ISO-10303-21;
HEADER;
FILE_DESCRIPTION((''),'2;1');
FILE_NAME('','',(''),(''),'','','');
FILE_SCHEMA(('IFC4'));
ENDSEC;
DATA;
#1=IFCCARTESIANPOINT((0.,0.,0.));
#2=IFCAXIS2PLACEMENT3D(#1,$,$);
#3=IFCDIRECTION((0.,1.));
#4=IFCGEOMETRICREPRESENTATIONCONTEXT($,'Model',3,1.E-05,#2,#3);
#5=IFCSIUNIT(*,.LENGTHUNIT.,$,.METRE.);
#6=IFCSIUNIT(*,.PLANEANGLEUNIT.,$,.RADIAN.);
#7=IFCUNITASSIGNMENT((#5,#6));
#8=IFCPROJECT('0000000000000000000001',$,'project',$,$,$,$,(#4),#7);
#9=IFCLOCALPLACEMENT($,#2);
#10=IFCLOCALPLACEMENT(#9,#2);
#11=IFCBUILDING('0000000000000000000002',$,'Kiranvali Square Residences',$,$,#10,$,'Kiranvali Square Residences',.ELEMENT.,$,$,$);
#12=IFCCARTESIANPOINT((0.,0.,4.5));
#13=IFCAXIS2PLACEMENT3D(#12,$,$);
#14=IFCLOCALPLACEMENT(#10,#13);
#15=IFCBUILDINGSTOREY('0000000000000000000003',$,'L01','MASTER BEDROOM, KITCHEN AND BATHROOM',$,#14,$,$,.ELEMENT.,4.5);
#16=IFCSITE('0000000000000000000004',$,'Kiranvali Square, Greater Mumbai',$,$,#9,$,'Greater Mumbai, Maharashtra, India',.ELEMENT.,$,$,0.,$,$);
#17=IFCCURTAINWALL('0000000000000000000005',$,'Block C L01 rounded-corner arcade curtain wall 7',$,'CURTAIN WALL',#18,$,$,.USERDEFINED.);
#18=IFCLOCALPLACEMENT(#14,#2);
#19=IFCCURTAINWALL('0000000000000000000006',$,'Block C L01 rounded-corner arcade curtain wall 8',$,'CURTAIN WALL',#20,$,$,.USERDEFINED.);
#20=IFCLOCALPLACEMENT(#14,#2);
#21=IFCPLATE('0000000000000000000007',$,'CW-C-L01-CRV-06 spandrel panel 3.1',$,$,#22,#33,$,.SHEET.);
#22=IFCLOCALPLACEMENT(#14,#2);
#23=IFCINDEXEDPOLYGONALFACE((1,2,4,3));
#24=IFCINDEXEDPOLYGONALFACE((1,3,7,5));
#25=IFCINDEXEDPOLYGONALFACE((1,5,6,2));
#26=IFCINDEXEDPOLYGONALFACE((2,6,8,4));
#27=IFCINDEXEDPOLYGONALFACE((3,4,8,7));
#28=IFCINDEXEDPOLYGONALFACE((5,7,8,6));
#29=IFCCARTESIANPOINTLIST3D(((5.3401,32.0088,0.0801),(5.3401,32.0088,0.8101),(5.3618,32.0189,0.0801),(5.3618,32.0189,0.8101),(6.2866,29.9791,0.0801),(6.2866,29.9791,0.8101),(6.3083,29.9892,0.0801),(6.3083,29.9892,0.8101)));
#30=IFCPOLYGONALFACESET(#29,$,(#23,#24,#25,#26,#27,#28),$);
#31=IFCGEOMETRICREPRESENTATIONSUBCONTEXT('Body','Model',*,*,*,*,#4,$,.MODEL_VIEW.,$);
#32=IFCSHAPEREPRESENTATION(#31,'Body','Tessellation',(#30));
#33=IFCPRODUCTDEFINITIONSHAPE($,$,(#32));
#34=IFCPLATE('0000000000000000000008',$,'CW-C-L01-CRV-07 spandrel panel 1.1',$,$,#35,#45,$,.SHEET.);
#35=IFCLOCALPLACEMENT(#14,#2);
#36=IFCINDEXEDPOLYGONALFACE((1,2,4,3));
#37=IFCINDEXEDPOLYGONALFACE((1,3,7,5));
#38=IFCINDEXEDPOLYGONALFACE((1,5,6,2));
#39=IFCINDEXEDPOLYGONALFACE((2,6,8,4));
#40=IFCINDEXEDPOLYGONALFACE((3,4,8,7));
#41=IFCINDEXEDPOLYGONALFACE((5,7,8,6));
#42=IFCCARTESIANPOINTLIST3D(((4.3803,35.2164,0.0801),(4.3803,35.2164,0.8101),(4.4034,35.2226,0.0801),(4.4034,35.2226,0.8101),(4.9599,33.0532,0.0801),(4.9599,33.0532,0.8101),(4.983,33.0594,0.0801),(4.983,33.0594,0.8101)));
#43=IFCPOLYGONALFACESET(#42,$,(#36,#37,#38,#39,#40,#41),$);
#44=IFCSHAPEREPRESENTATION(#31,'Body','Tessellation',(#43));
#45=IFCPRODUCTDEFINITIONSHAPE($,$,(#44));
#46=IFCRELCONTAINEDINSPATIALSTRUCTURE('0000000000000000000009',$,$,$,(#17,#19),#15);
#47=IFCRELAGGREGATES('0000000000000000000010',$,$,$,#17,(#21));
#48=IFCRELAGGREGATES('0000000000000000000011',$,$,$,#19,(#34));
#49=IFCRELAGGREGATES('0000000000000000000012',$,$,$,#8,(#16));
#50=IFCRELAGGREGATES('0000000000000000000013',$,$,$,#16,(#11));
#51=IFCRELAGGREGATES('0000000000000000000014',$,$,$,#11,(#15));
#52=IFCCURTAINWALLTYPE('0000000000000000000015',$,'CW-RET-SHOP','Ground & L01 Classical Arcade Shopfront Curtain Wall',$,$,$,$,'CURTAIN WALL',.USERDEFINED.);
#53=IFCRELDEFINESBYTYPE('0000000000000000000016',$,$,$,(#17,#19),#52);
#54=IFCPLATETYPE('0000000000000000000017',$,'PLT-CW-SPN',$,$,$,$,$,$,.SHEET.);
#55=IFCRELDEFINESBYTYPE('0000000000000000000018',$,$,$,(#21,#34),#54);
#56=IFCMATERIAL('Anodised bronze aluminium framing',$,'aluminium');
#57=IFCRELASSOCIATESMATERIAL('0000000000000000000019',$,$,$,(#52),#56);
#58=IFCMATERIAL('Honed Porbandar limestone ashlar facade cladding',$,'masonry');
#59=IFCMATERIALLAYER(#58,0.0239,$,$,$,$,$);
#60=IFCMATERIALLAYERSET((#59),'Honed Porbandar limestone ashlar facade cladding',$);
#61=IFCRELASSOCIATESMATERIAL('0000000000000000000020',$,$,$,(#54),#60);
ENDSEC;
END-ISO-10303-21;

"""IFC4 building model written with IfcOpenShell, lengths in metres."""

from ifc_helpers import new_model, si_unit, direction, frame, origin, origin_2d, place, context, subcontext, project, spatial, rectangle, extrude, material, layer, layer_set, type_object, element, aggregate, save


model = new_model("IFC4")

# Units and contexts
model_context = context("Model", 3, precision=1e-05, world=origin(), true_north=direction((0.0, 1.0)))
body_context = subcontext(model_context, "Body", "Model", "MODEL_VIEW")
ifc_project = project(units=[si_unit("LENGTHUNIT", "METRE"), si_unit("PLANEANGLEUNIT", "RADIAN")], contexts=[model_context])

# Site, building, storey
site_placement = place(None, origin())
site = spatial("IfcSite", under=ifc_project, at=site_placement, Name="Kiranvali Square, Greater Mumbai", LongName="Greater Mumbai, Maharashtra, India", CompositionType="ELEMENT", RefElevation=0.0)
building_placement = place(site_placement, origin())
building = spatial("IfcBuilding", under=site, at=building_placement, Name="Kiranvali Square Residences", LongName="Kiranvali Square Residences", CompositionType="ELEMENT")
storey_placement = place(building_placement, frame((0.0, 0.0, 4.5)))
storey = spatial("IfcBuildingStorey", under=building, at=storey_placement, Name="L01", Description="MASTER BEDROOM, KITCHEN AND BATHROOM", CompositionType="ELEMENT", Elevation=4.5)

# Curtain walls
ifc_material_1 = material(Name="Anodised bronze aluminium framing", Category="aluminium")
curtain_wall_type = type_object("IfcCurtainWallType", Name="CW-RET-SHOP", Description="Ground & L01 Classical Arcade Shopfront Curtain Wall", ElementType="CURTAIN WALL", PredefinedType="USERDEFINED", material=ifc_material_1)
curtain_wall_1_placement = place(storey_placement, origin())
curtain_wall_1 = element("IfcCurtainWall", 1, at=curtain_wall_1_placement, inside=storey, type_object=curtain_wall_type, Name="Block C L01 rounded-corner arcade curtain wall 7", ObjectType="CURTAIN WALL", PredefinedType="USERDEFINED")
curtain_wall_2_placement = place(storey_placement, origin())
curtain_wall_2 = element("IfcCurtainWall", 2, at=curtain_wall_2_placement, inside=storey, type_object=curtain_wall_type, Name="Block C L01 rounded-corner arcade curtain wall 8", ObjectType="CURTAIN WALL", PredefinedType="USERDEFINED")

# Plates
ifc_material_2 = material(Name="Honed Porbandar limestone ashlar facade cladding", Category="masonry")
ifc_layer_1 = layer(ifc_material_2, 0.0239)
ifc_layer_set_1 = layer_set([ifc_layer_1], Name="Honed Porbandar limestone ashlar facade cladding")
plate_type_1 = type_object("IfcPlateType", Name="PLT-CW-SPN", PredefinedType="SHEET", material=ifc_layer_set_1)
plate_1_placement = place(storey_placement, frame((5.8242, 30.999, 0.0801), z_axis=(0.0, 0.0, 1.0), x_axis=(-0.422618, 0.906308, 0.0)))
plate_1 = element("IfcPlate", 3, at=plate_1_placement, type_object=plate_type_1, Name="CW-C-L01-CRV-06 spandrel panel 3.1", PredefinedType="SHEET", context=body_context, shape_type="SweptSolid", body=[
    extrude(rectangle(XDim=2.2395, YDim=0.0239, at=origin_2d()), origin(), (0.0, 0.0, 1.0), 0.73),
])
aggregate(curtain_wall_1, [plate_1])
plate_2_placement = place(storey_placement, frame((4.6816, 34.1379, 0.0801), z_axis=(0.0, 0.0, 1.0), x_axis=(-0.258819, 0.965926, 0.0)))
plate_2 = element("IfcPlate", 4, at=plate_2_placement, type_object=plate_type_1, Name="CW-C-L01-CRV-07 spandrel panel 1.1", PredefinedType="SHEET", context=body_context, shape_type="SweptSolid", body=[
    extrude(rectangle(XDim=2.2395, YDim=0.0239, at=origin_2d()), origin(), (0.0, 0.0, 1.0), 0.73),
])
aggregate(curtain_wall_2, [plate_2])

save(model, "model.ifc")
